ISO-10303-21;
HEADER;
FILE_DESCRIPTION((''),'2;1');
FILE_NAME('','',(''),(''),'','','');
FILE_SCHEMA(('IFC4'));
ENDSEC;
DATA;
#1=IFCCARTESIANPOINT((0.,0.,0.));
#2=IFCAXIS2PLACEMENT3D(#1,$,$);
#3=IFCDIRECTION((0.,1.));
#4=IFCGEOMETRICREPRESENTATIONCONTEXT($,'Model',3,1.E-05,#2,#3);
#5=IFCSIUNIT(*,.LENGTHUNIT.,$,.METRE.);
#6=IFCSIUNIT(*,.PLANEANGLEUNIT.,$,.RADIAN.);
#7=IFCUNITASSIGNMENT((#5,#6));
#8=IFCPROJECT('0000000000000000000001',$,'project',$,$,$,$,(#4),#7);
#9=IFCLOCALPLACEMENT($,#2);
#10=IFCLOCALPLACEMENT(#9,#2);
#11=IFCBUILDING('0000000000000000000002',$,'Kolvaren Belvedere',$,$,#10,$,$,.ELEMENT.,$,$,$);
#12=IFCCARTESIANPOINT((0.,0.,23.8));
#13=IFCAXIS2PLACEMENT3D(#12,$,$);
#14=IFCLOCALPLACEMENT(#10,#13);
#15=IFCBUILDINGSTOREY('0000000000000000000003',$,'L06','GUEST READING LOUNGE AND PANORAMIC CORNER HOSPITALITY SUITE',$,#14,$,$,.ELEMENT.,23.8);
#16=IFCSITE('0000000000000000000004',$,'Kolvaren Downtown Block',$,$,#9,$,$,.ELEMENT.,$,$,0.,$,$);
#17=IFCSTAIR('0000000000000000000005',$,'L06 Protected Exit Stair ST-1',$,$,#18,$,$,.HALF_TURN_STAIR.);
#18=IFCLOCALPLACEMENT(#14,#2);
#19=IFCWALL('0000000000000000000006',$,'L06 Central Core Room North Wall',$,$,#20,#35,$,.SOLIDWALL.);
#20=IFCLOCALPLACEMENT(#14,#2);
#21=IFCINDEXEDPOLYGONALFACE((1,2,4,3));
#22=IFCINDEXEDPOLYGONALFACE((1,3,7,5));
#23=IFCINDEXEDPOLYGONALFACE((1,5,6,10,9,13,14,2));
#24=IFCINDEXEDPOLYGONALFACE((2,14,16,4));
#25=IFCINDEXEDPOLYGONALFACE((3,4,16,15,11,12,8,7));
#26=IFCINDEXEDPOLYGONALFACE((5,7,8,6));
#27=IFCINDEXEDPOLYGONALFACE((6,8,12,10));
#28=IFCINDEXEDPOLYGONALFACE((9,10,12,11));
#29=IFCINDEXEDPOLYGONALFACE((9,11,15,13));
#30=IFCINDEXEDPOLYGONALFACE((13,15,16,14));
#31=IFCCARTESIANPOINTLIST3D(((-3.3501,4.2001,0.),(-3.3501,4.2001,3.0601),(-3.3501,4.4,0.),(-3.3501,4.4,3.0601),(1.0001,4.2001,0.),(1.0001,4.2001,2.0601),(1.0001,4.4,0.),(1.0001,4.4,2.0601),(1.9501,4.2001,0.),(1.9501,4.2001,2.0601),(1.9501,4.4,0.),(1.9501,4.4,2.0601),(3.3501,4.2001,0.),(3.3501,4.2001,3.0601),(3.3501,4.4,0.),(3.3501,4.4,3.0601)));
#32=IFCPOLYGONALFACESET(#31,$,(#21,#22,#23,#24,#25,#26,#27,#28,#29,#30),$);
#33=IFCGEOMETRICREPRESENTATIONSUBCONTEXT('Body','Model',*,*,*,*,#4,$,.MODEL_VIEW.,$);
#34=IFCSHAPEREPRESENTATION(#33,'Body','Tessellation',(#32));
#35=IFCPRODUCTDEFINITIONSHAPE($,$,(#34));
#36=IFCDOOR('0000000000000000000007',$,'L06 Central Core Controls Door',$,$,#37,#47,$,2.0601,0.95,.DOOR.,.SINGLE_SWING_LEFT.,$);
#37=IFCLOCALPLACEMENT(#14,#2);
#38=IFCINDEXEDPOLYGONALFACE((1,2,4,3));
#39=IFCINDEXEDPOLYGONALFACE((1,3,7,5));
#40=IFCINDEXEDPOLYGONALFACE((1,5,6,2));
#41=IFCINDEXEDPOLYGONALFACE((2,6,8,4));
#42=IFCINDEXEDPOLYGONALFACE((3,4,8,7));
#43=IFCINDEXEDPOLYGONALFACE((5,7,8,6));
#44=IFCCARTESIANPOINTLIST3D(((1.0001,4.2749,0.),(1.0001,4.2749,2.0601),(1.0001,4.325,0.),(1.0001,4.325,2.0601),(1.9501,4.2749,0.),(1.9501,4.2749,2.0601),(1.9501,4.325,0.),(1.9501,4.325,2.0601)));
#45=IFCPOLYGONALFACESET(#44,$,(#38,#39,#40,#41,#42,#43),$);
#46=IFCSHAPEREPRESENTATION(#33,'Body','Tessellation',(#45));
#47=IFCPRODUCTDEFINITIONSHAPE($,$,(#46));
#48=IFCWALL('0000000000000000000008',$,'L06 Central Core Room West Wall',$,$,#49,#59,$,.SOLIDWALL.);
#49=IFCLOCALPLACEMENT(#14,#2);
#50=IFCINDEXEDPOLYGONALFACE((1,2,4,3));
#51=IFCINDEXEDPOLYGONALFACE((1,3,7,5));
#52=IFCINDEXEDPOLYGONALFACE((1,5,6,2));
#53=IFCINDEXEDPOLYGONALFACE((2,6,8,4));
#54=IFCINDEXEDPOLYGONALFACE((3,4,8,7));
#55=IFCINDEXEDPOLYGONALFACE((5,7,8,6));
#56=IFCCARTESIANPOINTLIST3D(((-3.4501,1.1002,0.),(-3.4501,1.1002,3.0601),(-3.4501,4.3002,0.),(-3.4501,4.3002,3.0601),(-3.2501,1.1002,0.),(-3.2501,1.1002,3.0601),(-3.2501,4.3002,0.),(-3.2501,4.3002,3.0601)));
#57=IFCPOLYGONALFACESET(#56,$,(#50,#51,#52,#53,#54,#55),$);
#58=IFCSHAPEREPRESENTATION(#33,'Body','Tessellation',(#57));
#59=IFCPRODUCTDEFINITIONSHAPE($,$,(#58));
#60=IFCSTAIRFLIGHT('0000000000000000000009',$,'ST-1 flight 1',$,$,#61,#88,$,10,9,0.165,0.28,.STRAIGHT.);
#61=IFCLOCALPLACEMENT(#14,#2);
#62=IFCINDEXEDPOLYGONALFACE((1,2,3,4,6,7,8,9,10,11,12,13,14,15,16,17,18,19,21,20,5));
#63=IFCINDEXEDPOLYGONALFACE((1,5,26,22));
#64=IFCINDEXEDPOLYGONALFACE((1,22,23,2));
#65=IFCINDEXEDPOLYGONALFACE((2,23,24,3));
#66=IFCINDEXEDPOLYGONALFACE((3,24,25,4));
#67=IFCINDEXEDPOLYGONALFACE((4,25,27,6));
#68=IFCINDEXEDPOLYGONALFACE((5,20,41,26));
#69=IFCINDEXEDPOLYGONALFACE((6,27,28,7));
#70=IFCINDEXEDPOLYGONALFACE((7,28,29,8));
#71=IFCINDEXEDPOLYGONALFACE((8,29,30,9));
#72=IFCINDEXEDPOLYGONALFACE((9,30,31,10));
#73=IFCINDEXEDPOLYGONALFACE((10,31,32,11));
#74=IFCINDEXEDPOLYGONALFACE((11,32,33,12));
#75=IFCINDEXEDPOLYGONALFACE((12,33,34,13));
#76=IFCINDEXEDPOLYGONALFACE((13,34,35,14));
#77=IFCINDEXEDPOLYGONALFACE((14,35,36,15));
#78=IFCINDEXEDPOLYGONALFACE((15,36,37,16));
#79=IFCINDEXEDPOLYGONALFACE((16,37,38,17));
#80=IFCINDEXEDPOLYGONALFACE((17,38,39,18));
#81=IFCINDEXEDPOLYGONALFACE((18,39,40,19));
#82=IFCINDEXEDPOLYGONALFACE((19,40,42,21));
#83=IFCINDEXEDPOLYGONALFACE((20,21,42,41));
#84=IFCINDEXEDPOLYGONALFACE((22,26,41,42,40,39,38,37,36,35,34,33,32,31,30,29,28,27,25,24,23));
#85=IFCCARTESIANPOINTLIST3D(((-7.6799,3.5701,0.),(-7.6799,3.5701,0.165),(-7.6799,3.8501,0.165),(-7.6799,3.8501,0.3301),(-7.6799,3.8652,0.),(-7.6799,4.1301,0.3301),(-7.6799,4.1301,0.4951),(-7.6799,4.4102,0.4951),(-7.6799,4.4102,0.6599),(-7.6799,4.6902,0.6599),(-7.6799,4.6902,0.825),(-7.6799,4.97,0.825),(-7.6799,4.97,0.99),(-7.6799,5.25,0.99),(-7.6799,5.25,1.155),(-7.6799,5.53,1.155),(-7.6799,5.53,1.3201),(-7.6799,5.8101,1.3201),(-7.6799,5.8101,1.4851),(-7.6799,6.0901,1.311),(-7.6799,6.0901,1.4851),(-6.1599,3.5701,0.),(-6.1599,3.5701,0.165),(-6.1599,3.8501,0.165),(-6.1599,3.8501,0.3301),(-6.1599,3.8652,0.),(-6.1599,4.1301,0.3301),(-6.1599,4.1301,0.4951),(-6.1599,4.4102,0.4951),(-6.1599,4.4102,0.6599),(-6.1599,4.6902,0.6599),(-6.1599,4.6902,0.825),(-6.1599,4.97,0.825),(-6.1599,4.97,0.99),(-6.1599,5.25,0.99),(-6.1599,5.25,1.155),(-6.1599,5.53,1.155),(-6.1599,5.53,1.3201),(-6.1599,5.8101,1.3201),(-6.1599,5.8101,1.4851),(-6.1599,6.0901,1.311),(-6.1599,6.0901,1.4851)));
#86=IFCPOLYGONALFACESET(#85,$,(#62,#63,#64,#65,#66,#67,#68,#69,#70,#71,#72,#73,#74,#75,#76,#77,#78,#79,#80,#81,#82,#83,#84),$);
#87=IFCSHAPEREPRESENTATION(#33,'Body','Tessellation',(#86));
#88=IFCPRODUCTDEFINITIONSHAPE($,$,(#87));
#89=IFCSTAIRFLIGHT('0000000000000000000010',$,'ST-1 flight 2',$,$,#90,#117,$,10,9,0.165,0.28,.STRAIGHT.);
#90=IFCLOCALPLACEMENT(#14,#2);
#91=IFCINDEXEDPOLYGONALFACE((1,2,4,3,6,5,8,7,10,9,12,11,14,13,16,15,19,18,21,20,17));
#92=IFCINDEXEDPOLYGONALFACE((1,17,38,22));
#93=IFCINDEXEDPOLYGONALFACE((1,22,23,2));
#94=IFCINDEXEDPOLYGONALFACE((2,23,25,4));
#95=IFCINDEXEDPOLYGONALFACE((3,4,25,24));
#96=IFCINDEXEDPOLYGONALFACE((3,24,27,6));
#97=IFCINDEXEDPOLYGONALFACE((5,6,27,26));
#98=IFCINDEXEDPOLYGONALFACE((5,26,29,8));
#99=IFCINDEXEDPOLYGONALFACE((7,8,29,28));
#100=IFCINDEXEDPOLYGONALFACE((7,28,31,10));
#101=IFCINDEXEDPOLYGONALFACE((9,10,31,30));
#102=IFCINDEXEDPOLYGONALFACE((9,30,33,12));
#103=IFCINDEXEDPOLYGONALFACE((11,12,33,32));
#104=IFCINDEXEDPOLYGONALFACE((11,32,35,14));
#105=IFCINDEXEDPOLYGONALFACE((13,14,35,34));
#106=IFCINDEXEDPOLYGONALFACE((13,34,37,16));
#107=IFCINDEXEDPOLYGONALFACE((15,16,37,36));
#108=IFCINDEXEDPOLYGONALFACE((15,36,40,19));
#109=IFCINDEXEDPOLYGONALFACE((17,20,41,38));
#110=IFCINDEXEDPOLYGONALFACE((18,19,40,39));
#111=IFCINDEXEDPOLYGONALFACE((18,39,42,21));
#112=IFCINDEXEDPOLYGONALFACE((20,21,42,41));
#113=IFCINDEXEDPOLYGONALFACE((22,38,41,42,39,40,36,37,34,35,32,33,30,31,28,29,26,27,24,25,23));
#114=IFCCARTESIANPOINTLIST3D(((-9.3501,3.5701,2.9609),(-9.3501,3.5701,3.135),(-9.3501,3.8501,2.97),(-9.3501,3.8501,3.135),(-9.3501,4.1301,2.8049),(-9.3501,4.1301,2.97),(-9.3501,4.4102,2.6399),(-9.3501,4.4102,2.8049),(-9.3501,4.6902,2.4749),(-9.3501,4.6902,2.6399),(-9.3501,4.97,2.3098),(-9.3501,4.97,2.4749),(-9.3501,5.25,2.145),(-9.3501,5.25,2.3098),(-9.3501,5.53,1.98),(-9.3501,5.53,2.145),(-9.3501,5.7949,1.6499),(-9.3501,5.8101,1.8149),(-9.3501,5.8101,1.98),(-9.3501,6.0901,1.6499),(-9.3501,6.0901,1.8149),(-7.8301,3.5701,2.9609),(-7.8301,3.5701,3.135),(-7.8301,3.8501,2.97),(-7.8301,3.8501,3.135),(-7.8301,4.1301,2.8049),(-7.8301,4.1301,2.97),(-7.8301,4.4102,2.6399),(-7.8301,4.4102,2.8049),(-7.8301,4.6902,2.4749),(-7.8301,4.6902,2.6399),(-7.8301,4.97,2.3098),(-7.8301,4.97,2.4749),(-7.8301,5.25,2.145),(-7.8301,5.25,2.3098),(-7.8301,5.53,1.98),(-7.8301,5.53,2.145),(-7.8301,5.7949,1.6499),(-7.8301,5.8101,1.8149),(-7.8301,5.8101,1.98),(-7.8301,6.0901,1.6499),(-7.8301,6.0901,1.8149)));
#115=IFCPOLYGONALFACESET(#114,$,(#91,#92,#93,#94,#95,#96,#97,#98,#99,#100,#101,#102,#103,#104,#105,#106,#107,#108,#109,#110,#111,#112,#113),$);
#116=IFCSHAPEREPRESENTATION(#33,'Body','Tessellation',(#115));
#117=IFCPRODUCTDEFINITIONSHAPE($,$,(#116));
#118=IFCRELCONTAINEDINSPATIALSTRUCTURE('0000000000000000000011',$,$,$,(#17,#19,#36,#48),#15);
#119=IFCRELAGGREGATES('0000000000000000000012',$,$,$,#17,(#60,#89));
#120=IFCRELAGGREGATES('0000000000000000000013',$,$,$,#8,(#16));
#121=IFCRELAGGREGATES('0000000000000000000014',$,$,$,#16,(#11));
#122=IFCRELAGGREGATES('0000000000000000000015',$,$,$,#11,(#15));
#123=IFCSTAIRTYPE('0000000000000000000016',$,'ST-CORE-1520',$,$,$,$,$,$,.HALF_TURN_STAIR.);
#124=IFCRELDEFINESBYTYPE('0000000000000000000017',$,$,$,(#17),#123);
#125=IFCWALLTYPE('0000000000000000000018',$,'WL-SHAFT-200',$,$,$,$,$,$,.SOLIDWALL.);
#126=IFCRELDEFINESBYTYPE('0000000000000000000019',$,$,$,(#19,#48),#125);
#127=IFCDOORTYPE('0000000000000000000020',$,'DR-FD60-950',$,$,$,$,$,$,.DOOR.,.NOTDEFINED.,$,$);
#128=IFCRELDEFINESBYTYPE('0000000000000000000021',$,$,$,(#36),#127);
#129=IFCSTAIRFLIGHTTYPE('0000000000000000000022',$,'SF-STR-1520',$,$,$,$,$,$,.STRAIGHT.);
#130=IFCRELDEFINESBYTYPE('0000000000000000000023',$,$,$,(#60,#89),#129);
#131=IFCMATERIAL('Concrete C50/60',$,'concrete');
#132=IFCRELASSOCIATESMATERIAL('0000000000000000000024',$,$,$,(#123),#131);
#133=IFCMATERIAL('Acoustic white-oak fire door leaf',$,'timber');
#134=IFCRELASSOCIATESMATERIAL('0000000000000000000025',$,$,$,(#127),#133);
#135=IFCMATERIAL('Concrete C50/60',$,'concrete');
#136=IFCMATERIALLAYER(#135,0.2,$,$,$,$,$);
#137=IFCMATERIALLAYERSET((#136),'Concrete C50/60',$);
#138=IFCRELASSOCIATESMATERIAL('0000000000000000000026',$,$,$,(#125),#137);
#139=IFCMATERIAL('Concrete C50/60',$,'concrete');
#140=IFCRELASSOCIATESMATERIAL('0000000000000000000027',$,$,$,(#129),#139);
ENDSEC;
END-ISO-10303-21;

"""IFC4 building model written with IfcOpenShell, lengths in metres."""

from ifc_helpers import new_model, si_unit, direction, frame, frame_2d, origin, place, context, subcontext, project, spatial, polyline, rectangle, outline, extrude, material, layer, layer_set, type_object, element, fill, aggregate, save


model = new_model("IFC4")

# Units and contexts
model_context = context("Model", 3, precision=1e-05, world=origin(), true_north=direction((0.0, 1.0)))
body_context = subcontext(model_context, "Body", "Model", "MODEL_VIEW")
ifc_project = project(units=[si_unit("LENGTHUNIT", "METRE"), si_unit("PLANEANGLEUNIT", "RADIAN")], contexts=[model_context])

# Site, building, storey
site_placement = place(None, origin())
site = spatial("IfcSite", under=ifc_project, at=site_placement, Name="Kolvaren Downtown Block", CompositionType="ELEMENT", RefElevation=0.0)
building_placement = place(site_placement, origin())
building = spatial("IfcBuilding", under=site, at=building_placement, Name="Kolvaren Belvedere", CompositionType="ELEMENT")
storey_placement = place(building_placement, frame((0.0, 0.0, 23.8)))
storey = spatial("IfcBuildingStorey", under=building, at=storey_placement, Name="L06", Description="GUEST READING LOUNGE AND PANORAMIC CORNER HOSPITALITY SUITE", CompositionType="ELEMENT", Elevation=23.8)

# Stair
ifc_material_1 = material(Name="Concrete C50/60", Category="concrete")
stair_type = type_object("IfcStairType", Name="ST-CORE-1520", PredefinedType="HALF_TURN_STAIR", material=ifc_material_1)
stair_1_placement = place(storey_placement, origin())
stair_1 = element("IfcStair", 1, at=stair_1_placement, inside=storey, type_object=stair_type, Name="L06 Protected Exit Stair ST-1", PredefinedType="HALF_TURN_STAIR")

# Shared definitions
ifc_material_2 = material(Name="Acoustic white-oak fire door leaf", Category="timber")
door_type_1 = type_object("IfcDoorType", Name="DR-FD60-950", OperationType="NOTDEFINED", PredefinedType="DOOR", material=ifc_material_2)

# Shared definitions
ifc_material_3 = material(Name="Concrete C50/60", Category="concrete")
ifc_layer_1 = layer(ifc_material_3, 0.2)
ifc_layer_set_1 = layer_set([ifc_layer_1], Name="Concrete C50/60")
wall_type_1 = type_object("IfcWallType", Name="WL-SHAFT-200", PredefinedType="SOLIDWALL", material=ifc_layer_set_1)

# Wall, opening, door
wall_1_placement = place(storey_placement, frame((-3.3501, 4.3, 0.0), z_axis=(0.0, 0.0, 1.0), x_axis=(1.0, 0.0, 0.0)))
wall_1 = element("IfcWall", 2, at=wall_1_placement, inside=storey, type_object=wall_type_1, Name="L06 Central Core Room North Wall", PredefinedType="SOLIDWALL", context=body_context, shape_type="SweptSolid", body=[
    extrude(rectangle(XDim=6.7002, YDim=0.2, at=frame_2d((3.3501, 0.0))), origin(), (0.0, 0.0, 1.0), 3.0601),
])
opening_1_placement = place(wall_1_placement, frame((4.3501, 0.0, 0.0)))
opening_1 = element("IfcOpeningElement", 3, at=opening_1_placement, cuts=wall_1, PredefinedType="OPENING", context=body_context, shape_type="SweptSolid", body=[
    extrude(rectangle(XDim=0.95, YDim=2.0601, at=frame_2d((0.4751, 1.03))), frame((0.0, 0.1099, 0.0), z_axis=(0.0, -1.0, 0.0), x_axis=(1.0, 0.0, 0.0)), (0.0, 0.0, 1.0), 0.22),
])
door_1_placement = place(opening_1_placement, origin())
door_1 = element("IfcDoor", 4, at=door_1_placement, inside=storey, type_object=door_type_1, Name="L06 Central Core Controls Door", OperationType="SINGLE_SWING_LEFT", OverallHeight=2.0601, OverallWidth=0.95, PredefinedType="DOOR", context=body_context, shape_type="SweptSolid", body=[
    extrude(rectangle(XDim=0.95, YDim=2.0601, at=frame_2d((0.4751, 1.03))), frame((0.0, 0.0249, 0.0), z_axis=(0.0, -1.0, 0.0), x_axis=(1.0, 0.0, 0.0)), (0.0, 0.0, 1.0), 0.05),
])
fill(opening_1, door_1)

# Wall
wall_2_placement = place(storey_placement, frame((-3.3501, 1.1001, 0.0), z_axis=(0.0, 0.0, 1.0), x_axis=(0.0, 1.0, 0.0)))
element("IfcWall", 5, at=wall_2_placement, inside=storey, type_object=wall_type_1, Name="L06 Central Core Room West Wall", PredefinedType="SOLIDWALL", context=body_context, shape_type="SweptSolid", body=[
    extrude(rectangle(XDim=3.2, YDim=0.2, at=frame_2d((1.6001, 0.0))), origin(), (0.0, 0.0, 1.0), 3.0601),
])

# Stair flights
ifc_material_4 = material(Name="Concrete C50/60", Category="concrete")
stair_flight_type = type_object("IfcStairFlightType", Name="SF-STR-1520", PredefinedType="STRAIGHT", material=ifc_material_4)
stair_flight_1_placement = place(storey_placement, frame((-6.9199, 3.5701, 0.0), z_axis=(0.0, 0.0, 1.0), x_axis=(0.0, 1.0, 0.0)))
stair_flight_1 = element("IfcStairFlight", 6, at=stair_flight_1_placement, type_object=stair_flight_type, Name="ST-1 flight 1", NumberOfRisers=10, NumberOfTreads=9, PredefinedType="STRAIGHT", RiserHeight=0.165, TreadLength=0.28, context=body_context, shape_type="SweptSolid", body=[
    extrude(outline(polyline([(0.0, 0.0), (0.0, 0.165), (0.28, 0.165), (0.28, 0.3301), (0.5601, 0.3301), (0.5601, 0.4951), (0.8401, 0.4951), (0.8401, 0.6599), (1.1201, 0.6599), (1.1201, 0.825), (1.3999, 0.825), (1.3999, 0.99), (1.6799, 0.99), (1.6799, 1.155), (1.96, 1.155), (1.96, 1.3201), (2.24, 1.3201), (2.24, 1.4851), (2.52, 1.4851), (2.52, 1.6499), (2.52, 1.311), (0.2952, 0.0), (0.0, 0.0)])), frame((0.0, 0.76, 0.0), z_axis=(0.0, -1.0, 0.0), x_axis=(1.0, 0.0, 0.0)), (0.0, 0.0, 1.0), 1.52),
])
stair_flight_2_placement = place(storey_placement, frame((-8.5901, 6.0901, 1.6499), z_axis=(0.0, 0.0, 1.0), x_axis=(0.0, -1.0, 0.0)))
stair_flight_2 = element("IfcStairFlight", 7, at=stair_flight_2_placement, type_object=stair_flight_type, Name="ST-1 flight 2", NumberOfRisers=10, NumberOfTreads=9, PredefinedType="STRAIGHT", RiserHeight=0.165, TreadLength=0.28, context=body_context, shape_type="SweptSolid", body=[
    extrude(outline(polyline([(0.0, 0.0), (0.0, 0.165), (0.28, 0.165), (0.28, 0.3301), (0.5601, 0.3301), (0.5601, 0.4951), (0.8401, 0.4951), (0.8401, 0.6599), (1.1201, 0.6599), (1.1201, 0.825), (1.3999, 0.825), (1.3999, 0.99), (1.6799, 0.99), (1.6799, 1.155), (1.96, 1.155), (1.96, 1.3201), (2.24, 1.3201), (2.24, 1.4851), (2.52, 1.4851), (2.52, 1.6499), (2.52, 1.311), (0.2952, 0.0), (0.0, 0.0)])), frame((0.0, 0.76, 0.0), z_axis=(0.0, -1.0, 0.0), x_axis=(1.0, 0.0, 0.0)), (0.0, 0.0, 1.0), 1.52),
])
aggregate(stair_1, [stair_flight_1, stair_flight_2])

save(model, "model.ifc")
